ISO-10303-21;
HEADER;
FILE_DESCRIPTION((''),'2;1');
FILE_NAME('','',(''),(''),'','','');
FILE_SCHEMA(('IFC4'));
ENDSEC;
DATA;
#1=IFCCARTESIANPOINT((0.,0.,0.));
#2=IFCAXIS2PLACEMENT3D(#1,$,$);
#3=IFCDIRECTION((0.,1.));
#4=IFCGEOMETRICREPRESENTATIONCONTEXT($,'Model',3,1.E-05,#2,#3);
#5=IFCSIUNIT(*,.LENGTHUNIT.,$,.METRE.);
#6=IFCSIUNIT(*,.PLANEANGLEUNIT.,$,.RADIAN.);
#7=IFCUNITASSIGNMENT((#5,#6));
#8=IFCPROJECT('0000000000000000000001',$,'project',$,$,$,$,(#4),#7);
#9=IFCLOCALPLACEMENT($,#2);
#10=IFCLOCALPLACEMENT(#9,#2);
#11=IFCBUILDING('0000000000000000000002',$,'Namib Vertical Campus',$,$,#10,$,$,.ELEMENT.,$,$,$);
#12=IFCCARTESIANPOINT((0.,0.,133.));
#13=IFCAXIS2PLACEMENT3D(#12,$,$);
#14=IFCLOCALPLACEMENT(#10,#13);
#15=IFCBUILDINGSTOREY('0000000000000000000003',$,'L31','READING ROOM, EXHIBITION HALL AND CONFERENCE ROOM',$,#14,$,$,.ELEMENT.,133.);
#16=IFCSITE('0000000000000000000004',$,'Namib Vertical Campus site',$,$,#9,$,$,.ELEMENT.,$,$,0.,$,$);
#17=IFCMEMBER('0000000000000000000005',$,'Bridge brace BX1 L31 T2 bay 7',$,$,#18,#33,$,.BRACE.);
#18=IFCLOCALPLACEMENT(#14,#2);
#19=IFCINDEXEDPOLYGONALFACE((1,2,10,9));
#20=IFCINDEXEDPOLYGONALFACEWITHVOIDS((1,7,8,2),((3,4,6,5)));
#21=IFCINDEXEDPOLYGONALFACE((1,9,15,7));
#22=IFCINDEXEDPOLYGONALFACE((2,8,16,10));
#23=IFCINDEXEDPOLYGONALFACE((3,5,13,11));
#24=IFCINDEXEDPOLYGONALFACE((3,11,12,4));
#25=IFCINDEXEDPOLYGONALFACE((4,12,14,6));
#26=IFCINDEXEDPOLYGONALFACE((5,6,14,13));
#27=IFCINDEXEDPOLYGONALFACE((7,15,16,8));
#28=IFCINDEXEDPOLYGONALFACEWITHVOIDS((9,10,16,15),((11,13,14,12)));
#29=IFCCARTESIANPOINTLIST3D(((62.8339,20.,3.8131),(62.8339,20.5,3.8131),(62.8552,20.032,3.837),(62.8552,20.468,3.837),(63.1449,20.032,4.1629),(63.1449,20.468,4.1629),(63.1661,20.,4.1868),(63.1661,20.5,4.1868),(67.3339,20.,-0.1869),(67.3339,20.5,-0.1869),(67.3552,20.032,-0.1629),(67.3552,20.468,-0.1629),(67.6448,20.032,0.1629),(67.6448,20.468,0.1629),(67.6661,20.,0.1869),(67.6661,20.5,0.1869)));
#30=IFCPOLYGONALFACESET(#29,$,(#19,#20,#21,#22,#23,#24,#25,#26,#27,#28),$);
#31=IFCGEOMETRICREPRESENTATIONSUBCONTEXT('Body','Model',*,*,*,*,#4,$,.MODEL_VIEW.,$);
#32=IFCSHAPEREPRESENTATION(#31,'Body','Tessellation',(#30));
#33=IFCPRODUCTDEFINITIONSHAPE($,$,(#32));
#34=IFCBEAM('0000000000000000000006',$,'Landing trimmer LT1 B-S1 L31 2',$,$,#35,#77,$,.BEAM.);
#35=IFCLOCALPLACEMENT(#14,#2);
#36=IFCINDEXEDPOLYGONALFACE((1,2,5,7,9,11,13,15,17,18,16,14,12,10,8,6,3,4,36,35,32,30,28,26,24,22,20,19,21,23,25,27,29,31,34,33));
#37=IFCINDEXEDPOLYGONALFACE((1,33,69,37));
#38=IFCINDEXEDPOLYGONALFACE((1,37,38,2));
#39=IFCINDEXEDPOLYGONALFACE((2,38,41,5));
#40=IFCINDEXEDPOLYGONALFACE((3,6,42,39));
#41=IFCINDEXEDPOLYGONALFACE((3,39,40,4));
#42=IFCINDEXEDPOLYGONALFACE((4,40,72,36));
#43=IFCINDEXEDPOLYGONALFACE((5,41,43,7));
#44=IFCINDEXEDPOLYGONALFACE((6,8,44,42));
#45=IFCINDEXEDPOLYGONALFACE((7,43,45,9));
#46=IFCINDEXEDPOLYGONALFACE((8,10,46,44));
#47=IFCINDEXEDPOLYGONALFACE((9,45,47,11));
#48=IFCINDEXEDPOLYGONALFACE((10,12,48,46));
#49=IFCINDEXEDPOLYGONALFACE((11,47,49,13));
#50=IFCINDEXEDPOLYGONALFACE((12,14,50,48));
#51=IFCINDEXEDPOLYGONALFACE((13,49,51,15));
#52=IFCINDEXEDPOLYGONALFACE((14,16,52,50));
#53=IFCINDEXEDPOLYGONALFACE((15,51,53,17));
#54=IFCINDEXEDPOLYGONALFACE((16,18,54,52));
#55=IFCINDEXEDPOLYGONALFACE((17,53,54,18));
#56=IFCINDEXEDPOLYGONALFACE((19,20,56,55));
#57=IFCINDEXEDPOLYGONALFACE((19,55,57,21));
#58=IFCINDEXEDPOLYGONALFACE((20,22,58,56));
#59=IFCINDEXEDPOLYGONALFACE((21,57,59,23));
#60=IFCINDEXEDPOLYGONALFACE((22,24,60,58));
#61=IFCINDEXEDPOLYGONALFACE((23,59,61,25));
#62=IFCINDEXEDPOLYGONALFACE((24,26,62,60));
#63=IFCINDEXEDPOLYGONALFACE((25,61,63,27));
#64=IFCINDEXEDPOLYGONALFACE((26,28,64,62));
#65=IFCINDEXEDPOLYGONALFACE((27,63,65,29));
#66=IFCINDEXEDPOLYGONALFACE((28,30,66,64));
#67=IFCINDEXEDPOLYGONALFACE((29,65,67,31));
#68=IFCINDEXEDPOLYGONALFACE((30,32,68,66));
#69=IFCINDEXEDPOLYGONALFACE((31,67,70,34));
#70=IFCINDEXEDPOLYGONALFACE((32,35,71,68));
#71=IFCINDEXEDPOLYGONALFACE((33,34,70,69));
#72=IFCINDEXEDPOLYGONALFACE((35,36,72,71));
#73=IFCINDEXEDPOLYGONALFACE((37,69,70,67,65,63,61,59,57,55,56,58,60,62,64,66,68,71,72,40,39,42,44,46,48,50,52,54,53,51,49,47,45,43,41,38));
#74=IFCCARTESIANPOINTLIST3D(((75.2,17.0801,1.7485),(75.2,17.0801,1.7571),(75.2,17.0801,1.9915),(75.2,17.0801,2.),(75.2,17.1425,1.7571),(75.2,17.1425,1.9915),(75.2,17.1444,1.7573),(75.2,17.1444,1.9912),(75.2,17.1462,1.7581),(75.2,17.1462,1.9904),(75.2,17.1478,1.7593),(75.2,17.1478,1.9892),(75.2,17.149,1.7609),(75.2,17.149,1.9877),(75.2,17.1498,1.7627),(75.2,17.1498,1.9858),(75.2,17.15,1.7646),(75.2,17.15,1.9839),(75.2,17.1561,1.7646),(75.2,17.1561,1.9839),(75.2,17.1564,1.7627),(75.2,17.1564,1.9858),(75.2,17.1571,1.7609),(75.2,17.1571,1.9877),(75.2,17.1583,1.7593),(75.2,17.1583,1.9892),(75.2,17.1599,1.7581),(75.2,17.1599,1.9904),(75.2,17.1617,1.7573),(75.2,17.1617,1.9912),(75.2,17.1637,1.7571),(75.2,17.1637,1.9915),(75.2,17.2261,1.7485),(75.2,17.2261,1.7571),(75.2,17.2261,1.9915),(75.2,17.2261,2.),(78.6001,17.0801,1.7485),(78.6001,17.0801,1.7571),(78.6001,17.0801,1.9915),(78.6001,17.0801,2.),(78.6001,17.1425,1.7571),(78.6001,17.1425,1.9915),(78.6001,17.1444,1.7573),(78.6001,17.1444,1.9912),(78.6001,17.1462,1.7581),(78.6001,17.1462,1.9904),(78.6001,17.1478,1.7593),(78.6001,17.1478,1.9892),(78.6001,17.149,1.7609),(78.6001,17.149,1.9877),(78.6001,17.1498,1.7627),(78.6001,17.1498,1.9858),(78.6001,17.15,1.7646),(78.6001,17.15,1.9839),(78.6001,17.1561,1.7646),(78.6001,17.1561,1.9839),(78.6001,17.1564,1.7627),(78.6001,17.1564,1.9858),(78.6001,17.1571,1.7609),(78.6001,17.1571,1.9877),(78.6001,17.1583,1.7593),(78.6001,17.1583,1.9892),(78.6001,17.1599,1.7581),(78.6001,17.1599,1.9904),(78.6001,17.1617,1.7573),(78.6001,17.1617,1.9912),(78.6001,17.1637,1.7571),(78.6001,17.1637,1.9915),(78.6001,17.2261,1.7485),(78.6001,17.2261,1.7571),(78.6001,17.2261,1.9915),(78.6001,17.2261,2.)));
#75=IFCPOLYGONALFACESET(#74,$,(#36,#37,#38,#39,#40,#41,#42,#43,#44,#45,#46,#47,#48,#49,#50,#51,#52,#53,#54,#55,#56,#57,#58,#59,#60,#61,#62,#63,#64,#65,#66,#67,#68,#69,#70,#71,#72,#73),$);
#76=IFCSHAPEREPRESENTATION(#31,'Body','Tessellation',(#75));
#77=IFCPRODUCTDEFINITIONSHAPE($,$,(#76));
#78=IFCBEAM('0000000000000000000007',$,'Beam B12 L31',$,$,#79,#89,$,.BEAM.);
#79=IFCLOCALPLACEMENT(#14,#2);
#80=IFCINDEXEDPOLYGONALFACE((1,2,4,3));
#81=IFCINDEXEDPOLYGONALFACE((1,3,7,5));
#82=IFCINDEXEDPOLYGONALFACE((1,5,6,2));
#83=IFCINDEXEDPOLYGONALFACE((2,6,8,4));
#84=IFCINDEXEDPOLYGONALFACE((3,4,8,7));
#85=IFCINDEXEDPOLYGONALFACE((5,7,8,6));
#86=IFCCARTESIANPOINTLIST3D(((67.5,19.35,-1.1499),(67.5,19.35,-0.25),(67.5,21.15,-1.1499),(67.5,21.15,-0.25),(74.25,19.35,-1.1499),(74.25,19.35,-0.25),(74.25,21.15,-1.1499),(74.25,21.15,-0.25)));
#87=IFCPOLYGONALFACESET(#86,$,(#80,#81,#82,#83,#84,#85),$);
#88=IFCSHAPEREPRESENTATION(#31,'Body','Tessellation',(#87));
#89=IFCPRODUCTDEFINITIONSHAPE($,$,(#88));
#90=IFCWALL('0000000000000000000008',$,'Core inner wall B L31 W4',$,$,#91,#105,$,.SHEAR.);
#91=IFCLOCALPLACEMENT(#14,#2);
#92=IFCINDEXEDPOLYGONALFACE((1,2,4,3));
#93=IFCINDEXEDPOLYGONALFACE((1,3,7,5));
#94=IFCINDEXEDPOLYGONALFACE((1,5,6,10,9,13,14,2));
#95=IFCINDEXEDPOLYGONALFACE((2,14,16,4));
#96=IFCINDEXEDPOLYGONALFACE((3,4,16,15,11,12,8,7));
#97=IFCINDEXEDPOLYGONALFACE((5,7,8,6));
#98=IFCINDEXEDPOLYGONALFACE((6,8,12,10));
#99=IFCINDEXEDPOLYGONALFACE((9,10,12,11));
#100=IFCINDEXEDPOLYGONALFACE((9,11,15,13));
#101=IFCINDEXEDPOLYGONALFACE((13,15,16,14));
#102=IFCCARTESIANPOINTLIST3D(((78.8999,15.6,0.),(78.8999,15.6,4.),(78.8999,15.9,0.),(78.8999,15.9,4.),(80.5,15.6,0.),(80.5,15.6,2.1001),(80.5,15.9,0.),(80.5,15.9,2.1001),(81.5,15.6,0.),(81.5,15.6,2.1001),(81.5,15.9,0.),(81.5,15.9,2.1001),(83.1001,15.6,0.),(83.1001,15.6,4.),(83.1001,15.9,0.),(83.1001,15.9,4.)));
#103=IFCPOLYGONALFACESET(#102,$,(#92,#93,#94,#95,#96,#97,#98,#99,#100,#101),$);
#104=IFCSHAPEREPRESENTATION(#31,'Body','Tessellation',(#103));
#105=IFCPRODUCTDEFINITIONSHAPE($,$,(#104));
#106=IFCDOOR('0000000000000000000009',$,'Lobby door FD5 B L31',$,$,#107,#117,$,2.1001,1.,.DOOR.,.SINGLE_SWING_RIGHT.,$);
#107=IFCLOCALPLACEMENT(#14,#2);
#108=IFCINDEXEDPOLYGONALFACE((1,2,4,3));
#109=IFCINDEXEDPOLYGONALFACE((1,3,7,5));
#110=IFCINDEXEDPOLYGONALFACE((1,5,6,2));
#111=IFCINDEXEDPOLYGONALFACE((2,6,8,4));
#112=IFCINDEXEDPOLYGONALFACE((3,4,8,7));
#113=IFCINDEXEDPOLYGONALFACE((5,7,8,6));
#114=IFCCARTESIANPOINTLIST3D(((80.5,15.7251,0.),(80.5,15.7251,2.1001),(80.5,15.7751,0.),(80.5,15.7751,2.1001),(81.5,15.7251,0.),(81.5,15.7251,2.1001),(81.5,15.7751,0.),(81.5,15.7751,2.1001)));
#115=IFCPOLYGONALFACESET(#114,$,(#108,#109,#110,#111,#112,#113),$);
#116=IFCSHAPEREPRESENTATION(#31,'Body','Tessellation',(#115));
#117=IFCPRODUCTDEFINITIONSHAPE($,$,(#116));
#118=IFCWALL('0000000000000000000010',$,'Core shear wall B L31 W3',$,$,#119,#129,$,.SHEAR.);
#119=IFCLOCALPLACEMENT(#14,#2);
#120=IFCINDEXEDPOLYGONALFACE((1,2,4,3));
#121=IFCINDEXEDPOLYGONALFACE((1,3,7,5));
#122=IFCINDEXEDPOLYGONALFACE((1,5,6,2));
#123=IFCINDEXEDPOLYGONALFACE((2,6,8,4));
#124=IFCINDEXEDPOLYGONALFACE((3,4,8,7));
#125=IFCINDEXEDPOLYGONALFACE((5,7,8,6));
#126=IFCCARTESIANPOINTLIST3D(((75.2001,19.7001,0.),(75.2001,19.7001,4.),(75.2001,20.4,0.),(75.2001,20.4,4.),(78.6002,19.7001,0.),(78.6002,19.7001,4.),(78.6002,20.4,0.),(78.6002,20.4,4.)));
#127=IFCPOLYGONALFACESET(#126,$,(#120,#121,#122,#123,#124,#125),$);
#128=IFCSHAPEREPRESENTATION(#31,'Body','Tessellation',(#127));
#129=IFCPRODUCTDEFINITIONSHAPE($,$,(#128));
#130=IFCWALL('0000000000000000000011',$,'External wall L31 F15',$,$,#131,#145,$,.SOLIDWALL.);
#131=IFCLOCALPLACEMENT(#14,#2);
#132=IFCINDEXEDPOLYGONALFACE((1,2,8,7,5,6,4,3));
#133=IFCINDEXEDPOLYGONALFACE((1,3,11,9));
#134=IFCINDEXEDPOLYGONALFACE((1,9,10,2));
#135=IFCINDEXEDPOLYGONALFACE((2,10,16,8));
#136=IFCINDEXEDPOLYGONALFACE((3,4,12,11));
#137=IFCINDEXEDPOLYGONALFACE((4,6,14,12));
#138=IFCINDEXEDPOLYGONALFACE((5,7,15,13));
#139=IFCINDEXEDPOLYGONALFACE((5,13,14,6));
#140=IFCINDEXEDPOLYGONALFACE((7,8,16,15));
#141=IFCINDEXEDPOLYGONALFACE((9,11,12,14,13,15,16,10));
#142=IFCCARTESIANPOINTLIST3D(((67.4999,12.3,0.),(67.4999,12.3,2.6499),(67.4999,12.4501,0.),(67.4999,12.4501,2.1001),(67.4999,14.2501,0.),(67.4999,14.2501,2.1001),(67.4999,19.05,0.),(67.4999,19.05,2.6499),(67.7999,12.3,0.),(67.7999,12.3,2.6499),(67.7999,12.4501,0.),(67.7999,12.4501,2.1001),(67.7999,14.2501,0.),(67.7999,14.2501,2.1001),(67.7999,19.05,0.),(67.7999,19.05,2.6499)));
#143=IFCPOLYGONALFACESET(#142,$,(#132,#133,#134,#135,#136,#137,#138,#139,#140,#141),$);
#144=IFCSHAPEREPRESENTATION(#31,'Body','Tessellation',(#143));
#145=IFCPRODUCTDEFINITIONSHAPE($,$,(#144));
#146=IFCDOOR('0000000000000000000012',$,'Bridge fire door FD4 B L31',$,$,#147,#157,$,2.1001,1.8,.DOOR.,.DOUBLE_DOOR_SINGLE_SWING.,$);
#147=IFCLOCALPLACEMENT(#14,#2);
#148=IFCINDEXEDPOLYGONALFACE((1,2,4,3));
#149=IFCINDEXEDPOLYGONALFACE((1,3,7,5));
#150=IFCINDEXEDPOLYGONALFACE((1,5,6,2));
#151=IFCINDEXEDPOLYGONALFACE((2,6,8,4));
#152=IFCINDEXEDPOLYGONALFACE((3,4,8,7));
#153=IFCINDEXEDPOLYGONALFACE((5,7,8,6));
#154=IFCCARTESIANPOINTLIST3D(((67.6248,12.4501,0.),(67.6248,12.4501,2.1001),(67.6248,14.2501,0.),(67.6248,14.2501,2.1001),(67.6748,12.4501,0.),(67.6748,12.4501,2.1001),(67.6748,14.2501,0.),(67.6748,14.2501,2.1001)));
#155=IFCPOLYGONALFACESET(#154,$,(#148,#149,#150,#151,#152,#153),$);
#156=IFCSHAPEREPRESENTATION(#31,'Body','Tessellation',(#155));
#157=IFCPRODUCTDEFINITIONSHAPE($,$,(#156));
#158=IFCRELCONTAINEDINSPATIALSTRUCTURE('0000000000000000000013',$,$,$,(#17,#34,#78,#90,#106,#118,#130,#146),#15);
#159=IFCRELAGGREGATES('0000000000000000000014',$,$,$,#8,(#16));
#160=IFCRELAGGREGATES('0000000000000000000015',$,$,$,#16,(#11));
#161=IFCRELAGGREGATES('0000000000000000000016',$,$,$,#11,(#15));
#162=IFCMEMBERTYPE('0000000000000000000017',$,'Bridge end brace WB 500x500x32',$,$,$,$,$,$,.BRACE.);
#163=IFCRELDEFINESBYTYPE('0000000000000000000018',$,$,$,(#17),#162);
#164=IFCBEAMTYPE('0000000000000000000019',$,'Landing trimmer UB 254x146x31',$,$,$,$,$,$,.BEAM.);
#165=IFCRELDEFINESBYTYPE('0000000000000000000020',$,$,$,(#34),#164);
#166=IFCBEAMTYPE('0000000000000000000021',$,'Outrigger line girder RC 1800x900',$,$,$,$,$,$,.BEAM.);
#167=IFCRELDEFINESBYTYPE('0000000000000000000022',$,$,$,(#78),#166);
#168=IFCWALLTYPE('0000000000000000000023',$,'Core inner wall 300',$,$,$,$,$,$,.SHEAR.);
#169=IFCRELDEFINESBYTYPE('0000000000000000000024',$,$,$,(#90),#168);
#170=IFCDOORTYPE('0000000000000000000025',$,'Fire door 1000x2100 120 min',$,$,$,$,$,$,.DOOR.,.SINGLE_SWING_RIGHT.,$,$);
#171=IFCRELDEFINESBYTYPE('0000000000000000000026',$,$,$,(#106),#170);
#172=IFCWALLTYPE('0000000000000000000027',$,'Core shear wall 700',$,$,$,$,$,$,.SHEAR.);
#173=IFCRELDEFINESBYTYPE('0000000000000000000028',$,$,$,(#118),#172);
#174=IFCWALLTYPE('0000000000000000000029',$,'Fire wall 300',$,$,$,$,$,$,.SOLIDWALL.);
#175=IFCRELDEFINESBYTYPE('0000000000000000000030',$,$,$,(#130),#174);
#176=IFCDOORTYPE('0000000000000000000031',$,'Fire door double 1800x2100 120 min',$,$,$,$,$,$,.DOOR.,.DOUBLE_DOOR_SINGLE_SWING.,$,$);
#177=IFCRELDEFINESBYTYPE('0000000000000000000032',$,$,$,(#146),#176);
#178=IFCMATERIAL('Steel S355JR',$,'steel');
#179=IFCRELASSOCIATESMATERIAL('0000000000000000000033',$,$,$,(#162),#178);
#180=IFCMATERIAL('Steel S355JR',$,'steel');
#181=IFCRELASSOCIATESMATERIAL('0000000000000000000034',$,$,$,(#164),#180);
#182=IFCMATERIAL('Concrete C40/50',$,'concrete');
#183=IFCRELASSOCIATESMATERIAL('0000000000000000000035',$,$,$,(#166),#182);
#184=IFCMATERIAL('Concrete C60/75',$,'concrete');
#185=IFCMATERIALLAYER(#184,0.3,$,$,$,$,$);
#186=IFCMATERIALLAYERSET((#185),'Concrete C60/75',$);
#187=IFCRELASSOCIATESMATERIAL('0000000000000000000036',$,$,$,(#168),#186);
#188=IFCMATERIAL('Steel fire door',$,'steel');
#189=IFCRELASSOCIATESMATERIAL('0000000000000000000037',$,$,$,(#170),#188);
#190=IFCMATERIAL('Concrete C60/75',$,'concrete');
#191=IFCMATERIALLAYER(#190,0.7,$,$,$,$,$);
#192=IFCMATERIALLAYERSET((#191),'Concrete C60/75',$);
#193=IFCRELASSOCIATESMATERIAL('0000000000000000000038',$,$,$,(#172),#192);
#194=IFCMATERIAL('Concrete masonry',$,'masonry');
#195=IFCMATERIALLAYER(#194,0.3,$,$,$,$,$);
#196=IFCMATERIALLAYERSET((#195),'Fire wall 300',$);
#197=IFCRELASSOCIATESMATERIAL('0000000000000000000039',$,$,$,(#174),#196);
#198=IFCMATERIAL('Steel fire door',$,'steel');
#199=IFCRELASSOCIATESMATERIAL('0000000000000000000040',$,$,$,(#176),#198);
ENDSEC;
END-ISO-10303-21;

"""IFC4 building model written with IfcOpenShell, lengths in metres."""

from ifc_helpers import new_model, si_unit, direction, frame, frame_2d, origin, origin_2d, place, context, subcontext, project, spatial, rectangle, hollow_rectangle, i_section, extrude, material, layer, layer_set, material_profile, profile_set, type_object, element, fill, save


model = new_model("IFC4")

# Units and contexts
model_context = context("Model", 3, precision=1e-05, world=origin(), true_north=direction((0.0, 1.0)))
body_context = subcontext(model_context, "Body", "Model", "MODEL_VIEW")
ifc_project = project(units=[si_unit("LENGTHUNIT", "METRE"), si_unit("PLANEANGLEUNIT", "RADIAN")], contexts=[model_context])

# Site, building, storey
site_placement = place(None, origin())
site = spatial("IfcSite", under=ifc_project, at=site_placement, Name="Namib Vertical Campus site", CompositionType="ELEMENT", RefElevation=0.0)
building_placement = place(site_placement, origin())
building = spatial("IfcBuilding", under=site, at=building_placement, Name="Namib Vertical Campus", CompositionType="ELEMENT")
storey_placement = place(building_placement, frame((0.0, 0.0, 133.0)))
storey = spatial("IfcBuildingStorey", under=building, at=storey_placement, Name="L31", Description="READING ROOM, EXHIBITION HALL AND CONFERENCE ROOM", CompositionType="ELEMENT", Elevation=133.0)

# Member
ifc_material_1 = material(Name="Steel S355JR", Category="steel")
ifc_material_profile_1 = material_profile(ifc_material_1, hollow_rectangle(XDim=0.5, YDim=0.5, WallThickness=0.032, at=origin_2d()))
ifc_profile_set_1 = profile_set([ifc_material_profile_1], Name="Steel S355JR")
member_type = type_object("IfcMemberType", Name="Bridge end brace WB 500x500x32", PredefinedType="BRACE", material=ifc_profile_set_1)
member_placement = place(storey_placement, frame((67.5, 20.25, 0.0), z_axis=(-0.747409, 0.0, 0.664364), x_axis=(0.0, -1.0, 0.0)))
element("IfcMember", 1, at=member_placement, inside=storey, type_object=member_type, Name="Bridge brace BX1 L31 T2 bay 7", PredefinedType="BRACE", context=body_context, shape_type="SweptSolid", body=[
    extrude(hollow_rectangle(XDim=0.5, YDim=0.5, WallThickness=0.032, at=origin_2d()), origin(), (0.0, 0.0, 1.0), 6.0208),
])

# Beams
ifc_material_2 = material(Name="Steel S355JR", Category="steel")
ifc_material_profile_2 = material_profile(ifc_material_2, i_section(OverallWidth=0.146, OverallDepth=0.2515, WebThickness=0.0061, FlangeThickness=0.0085, FilletRadius=0.0076, at=origin_2d()))
ifc_profile_set_2 = profile_set([ifc_material_profile_2], Name="Steel S355JR")
beam_type_1 = type_object("IfcBeamType", Name="Landing trimmer UB 254x146x31", PredefinedType="BEAM", material=ifc_profile_set_2)
beam_1_placement = place(storey_placement, frame((75.2, 17.1531, 1.8743), z_axis=(1.0, 0.0, 0.0), x_axis=(0.0, 1.0, 0.0)))
element("IfcBeam", 2, at=beam_1_placement, inside=storey, type_object=beam_type_1, Name="Landing trimmer LT1 B-S1 L31 2", PredefinedType="BEAM", context=body_context, shape_type="SweptSolid", body=[
    extrude(i_section(OverallWidth=0.146, OverallDepth=0.2515, WebThickness=0.0061, FlangeThickness=0.0085, FilletRadius=0.0076, at=origin_2d()), origin(), (0.0, 0.0, 1.0), 3.4001),
])
ifc_material_3 = material(Name="Concrete C40/50", Category="concrete")
ifc_material_profile_3 = material_profile(ifc_material_3, rectangle(XDim=1.8, YDim=0.8999, at=origin_2d()))
ifc_profile_set_3 = profile_set([ifc_material_profile_3], Name="Concrete C40/50")
beam_type_2 = type_object("IfcBeamType", Name="Outrigger line girder RC 1800x900", PredefinedType="BEAM", material=ifc_profile_set_3)
beam_2_placement = place(storey_placement, frame((67.5, 20.25, -0.7), z_axis=(1.0, 0.0, 0.0), x_axis=(0.0, 1.0, 0.0)))
element("IfcBeam", 3, at=beam_2_placement, inside=storey, type_object=beam_type_2, Name="Beam B12 L31", PredefinedType="BEAM", context=body_context, shape_type="SweptSolid", body=[
    extrude(rectangle(XDim=1.8, YDim=0.8999, at=origin_2d()), origin(), (0.0, 0.0, 1.0), 6.75),
])

# Wall, opening, door
ifc_material_4 = material(Name="Concrete C60/75", Category="concrete")
ifc_layer_1 = layer(ifc_material_4, 0.3)
ifc_layer_set_1 = layer_set([ifc_layer_1], Name="Concrete C60/75")
wall_type_1 = type_object("IfcWallType", Name="Core inner wall 300", PredefinedType="SHEAR", material=ifc_layer_set_1)
wall_1_placement = place(storey_placement, frame((78.8999, 15.75, 0.0), z_axis=(0.0, 0.0, 1.0), x_axis=(1.0, 0.0, 0.0)))
wall_1 = element("IfcWall", 4, at=wall_1_placement, inside=storey, type_object=wall_type_1, Name="Core inner wall B L31 W4", PredefinedType="SHEAR", context=body_context, shape_type="SweptSolid", body=[
    extrude(rectangle(XDim=4.2002, YDim=0.3, at=frame_2d((2.1001, 0.0))), origin(), (0.0, 0.0, 1.0), 4.0),
])
opening_1_placement = place(wall_1_placement, frame((1.6001, 0.0, 0.0)))
opening_1 = element("IfcOpeningElement", 5, at=opening_1_placement, cuts=wall_1, PredefinedType="OPENING", context=body_context, shape_type="SweptSolid", body=[
    extrude(rectangle(XDim=1.0, YDim=2.1001, at=frame_2d((0.5, 1.05))), frame((0.0, 0.1599, 0.0), z_axis=(0.0, -1.0, 0.0), x_axis=(1.0, 0.0, 0.0)), (0.0, 0.0, 1.0), 0.3201),
])
ifc_material_5 = material(Name="Steel fire door", Category="steel")
door_type_1 = type_object("IfcDoorType", Name="Fire door 1000x2100 120 min", OperationType="SINGLE_SWING_RIGHT", PredefinedType="DOOR", material=ifc_material_5)
door_1_placement = place(opening_1_placement, frame((1.0, 0.0, 0.0), z_axis=(0.0, 0.0, 1.0), x_axis=(-1.0, 0.0, 0.0)))
door_1 = element("IfcDoor", 6, at=door_1_placement, inside=storey, type_object=door_type_1, Name="Lobby door FD5 B L31", OperationType="SINGLE_SWING_RIGHT", OverallHeight=2.1001, OverallWidth=1.0, PredefinedType="DOOR", context=body_context, shape_type="SweptSolid", body=[
    extrude(rectangle(XDim=1.0, YDim=2.1001, at=frame_2d((0.5, 1.05))), frame((0.0, 0.0249, 0.0), z_axis=(0.0, -1.0, 0.0), x_axis=(1.0, 0.0, 0.0)), (0.0, 0.0, 1.0), 0.05),
])
fill(opening_1, door_1)

# Wall
ifc_material_6 = material(Name="Concrete C60/75", Category="concrete")
ifc_layer_2 = layer(ifc_material_6, 0.7)
ifc_layer_set_2 = layer_set([ifc_layer_2], Name="Concrete C60/75")
wall_type_2 = type_object("IfcWallType", Name="Core shear wall 700", PredefinedType="SHEAR", material=ifc_layer_set_2)
wall_2_placement = place(storey_placement, frame((75.2, 20.05, 0.0), z_axis=(0.0, 0.0, 1.0), x_axis=(1.0, 0.0, 0.0)))
element("IfcWall", 7, at=wall_2_placement, inside=storey, type_object=wall_type_2, Name="Core shear wall B L31 W3", PredefinedType="SHEAR", context=body_context, shape_type="SweptSolid", body=[
    extrude(rectangle(XDim=3.4001, YDim=0.7, at=frame_2d((1.7002, 0.0))), origin(), (0.0, 0.0, 1.0), 4.0),
])

# Wall, opening, door
ifc_material_7 = material(Name="Concrete masonry", Category="masonry")
ifc_layer_3 = layer(ifc_material_7, 0.3)
ifc_layer_set_3 = layer_set([ifc_layer_3], Name="Fire wall 300")
wall_type_3 = type_object("IfcWallType", Name="Fire wall 300", PredefinedType="SOLIDWALL", material=ifc_layer_set_3)
wall_3_placement = place(storey_placement, frame((67.6499, 19.05, 0.0), z_axis=(0.0, 0.0, 1.0), x_axis=(0.0, -1.0, 0.0)))
wall_3 = element("IfcWall", 8, at=wall_3_placement, inside=storey, type_object=wall_type_3, Name="External wall L31 F15", PredefinedType="SOLIDWALL", context=body_context, shape_type="SweptSolid", body=[
    extrude(rectangle(XDim=6.75, YDim=0.3, at=frame_2d((3.375, 0.0))), origin(), (0.0, 0.0, 1.0), 2.6499),
])
opening_2_placement = place(wall_3_placement, frame((4.8, 0.0, 0.0)))
opening_2 = element("IfcOpeningElement", 9, at=opening_2_placement, cuts=wall_3, PredefinedType="OPENING", context=body_context, shape_type="SweptSolid", body=[
    extrude(rectangle(XDim=1.8, YDim=2.1001, at=frame_2d((0.8999, 1.05))), frame((0.0, 0.1599, 0.0), z_axis=(0.0, -1.0, 0.0), x_axis=(1.0, 0.0, 0.0)), (0.0, 0.0, 1.0), 0.3201),
])
ifc_material_8 = material(Name="Steel fire door", Category="steel")
door_type_2 = type_object("IfcDoorType", Name="Fire door double 1800x2100 120 min", OperationType="DOUBLE_DOOR_SINGLE_SWING", PredefinedType="DOOR", material=ifc_material_8)
door_2_placement = place(opening_2_placement, origin())
door_2 = element("IfcDoor", 10, at=door_2_placement, inside=storey, type_object=door_type_2, Name="Bridge fire door FD4 B L31", OperationType="DOUBLE_DOOR_SINGLE_SWING", OverallHeight=2.1001, OverallWidth=1.8, PredefinedType="DOOR", context=body_context, shape_type="SweptSolid", body=[
    extrude(rectangle(XDim=1.8, YDim=2.1001, at=frame_2d((0.8999, 1.05))), frame((0.0, 0.0249, 0.0), z_axis=(0.0, -1.0, 0.0), x_axis=(1.0, 0.0, 0.0)), (0.0, 0.0, 1.0), 0.05),
])
fill(opening_2, door_2)

save(model, "model.ifc")
